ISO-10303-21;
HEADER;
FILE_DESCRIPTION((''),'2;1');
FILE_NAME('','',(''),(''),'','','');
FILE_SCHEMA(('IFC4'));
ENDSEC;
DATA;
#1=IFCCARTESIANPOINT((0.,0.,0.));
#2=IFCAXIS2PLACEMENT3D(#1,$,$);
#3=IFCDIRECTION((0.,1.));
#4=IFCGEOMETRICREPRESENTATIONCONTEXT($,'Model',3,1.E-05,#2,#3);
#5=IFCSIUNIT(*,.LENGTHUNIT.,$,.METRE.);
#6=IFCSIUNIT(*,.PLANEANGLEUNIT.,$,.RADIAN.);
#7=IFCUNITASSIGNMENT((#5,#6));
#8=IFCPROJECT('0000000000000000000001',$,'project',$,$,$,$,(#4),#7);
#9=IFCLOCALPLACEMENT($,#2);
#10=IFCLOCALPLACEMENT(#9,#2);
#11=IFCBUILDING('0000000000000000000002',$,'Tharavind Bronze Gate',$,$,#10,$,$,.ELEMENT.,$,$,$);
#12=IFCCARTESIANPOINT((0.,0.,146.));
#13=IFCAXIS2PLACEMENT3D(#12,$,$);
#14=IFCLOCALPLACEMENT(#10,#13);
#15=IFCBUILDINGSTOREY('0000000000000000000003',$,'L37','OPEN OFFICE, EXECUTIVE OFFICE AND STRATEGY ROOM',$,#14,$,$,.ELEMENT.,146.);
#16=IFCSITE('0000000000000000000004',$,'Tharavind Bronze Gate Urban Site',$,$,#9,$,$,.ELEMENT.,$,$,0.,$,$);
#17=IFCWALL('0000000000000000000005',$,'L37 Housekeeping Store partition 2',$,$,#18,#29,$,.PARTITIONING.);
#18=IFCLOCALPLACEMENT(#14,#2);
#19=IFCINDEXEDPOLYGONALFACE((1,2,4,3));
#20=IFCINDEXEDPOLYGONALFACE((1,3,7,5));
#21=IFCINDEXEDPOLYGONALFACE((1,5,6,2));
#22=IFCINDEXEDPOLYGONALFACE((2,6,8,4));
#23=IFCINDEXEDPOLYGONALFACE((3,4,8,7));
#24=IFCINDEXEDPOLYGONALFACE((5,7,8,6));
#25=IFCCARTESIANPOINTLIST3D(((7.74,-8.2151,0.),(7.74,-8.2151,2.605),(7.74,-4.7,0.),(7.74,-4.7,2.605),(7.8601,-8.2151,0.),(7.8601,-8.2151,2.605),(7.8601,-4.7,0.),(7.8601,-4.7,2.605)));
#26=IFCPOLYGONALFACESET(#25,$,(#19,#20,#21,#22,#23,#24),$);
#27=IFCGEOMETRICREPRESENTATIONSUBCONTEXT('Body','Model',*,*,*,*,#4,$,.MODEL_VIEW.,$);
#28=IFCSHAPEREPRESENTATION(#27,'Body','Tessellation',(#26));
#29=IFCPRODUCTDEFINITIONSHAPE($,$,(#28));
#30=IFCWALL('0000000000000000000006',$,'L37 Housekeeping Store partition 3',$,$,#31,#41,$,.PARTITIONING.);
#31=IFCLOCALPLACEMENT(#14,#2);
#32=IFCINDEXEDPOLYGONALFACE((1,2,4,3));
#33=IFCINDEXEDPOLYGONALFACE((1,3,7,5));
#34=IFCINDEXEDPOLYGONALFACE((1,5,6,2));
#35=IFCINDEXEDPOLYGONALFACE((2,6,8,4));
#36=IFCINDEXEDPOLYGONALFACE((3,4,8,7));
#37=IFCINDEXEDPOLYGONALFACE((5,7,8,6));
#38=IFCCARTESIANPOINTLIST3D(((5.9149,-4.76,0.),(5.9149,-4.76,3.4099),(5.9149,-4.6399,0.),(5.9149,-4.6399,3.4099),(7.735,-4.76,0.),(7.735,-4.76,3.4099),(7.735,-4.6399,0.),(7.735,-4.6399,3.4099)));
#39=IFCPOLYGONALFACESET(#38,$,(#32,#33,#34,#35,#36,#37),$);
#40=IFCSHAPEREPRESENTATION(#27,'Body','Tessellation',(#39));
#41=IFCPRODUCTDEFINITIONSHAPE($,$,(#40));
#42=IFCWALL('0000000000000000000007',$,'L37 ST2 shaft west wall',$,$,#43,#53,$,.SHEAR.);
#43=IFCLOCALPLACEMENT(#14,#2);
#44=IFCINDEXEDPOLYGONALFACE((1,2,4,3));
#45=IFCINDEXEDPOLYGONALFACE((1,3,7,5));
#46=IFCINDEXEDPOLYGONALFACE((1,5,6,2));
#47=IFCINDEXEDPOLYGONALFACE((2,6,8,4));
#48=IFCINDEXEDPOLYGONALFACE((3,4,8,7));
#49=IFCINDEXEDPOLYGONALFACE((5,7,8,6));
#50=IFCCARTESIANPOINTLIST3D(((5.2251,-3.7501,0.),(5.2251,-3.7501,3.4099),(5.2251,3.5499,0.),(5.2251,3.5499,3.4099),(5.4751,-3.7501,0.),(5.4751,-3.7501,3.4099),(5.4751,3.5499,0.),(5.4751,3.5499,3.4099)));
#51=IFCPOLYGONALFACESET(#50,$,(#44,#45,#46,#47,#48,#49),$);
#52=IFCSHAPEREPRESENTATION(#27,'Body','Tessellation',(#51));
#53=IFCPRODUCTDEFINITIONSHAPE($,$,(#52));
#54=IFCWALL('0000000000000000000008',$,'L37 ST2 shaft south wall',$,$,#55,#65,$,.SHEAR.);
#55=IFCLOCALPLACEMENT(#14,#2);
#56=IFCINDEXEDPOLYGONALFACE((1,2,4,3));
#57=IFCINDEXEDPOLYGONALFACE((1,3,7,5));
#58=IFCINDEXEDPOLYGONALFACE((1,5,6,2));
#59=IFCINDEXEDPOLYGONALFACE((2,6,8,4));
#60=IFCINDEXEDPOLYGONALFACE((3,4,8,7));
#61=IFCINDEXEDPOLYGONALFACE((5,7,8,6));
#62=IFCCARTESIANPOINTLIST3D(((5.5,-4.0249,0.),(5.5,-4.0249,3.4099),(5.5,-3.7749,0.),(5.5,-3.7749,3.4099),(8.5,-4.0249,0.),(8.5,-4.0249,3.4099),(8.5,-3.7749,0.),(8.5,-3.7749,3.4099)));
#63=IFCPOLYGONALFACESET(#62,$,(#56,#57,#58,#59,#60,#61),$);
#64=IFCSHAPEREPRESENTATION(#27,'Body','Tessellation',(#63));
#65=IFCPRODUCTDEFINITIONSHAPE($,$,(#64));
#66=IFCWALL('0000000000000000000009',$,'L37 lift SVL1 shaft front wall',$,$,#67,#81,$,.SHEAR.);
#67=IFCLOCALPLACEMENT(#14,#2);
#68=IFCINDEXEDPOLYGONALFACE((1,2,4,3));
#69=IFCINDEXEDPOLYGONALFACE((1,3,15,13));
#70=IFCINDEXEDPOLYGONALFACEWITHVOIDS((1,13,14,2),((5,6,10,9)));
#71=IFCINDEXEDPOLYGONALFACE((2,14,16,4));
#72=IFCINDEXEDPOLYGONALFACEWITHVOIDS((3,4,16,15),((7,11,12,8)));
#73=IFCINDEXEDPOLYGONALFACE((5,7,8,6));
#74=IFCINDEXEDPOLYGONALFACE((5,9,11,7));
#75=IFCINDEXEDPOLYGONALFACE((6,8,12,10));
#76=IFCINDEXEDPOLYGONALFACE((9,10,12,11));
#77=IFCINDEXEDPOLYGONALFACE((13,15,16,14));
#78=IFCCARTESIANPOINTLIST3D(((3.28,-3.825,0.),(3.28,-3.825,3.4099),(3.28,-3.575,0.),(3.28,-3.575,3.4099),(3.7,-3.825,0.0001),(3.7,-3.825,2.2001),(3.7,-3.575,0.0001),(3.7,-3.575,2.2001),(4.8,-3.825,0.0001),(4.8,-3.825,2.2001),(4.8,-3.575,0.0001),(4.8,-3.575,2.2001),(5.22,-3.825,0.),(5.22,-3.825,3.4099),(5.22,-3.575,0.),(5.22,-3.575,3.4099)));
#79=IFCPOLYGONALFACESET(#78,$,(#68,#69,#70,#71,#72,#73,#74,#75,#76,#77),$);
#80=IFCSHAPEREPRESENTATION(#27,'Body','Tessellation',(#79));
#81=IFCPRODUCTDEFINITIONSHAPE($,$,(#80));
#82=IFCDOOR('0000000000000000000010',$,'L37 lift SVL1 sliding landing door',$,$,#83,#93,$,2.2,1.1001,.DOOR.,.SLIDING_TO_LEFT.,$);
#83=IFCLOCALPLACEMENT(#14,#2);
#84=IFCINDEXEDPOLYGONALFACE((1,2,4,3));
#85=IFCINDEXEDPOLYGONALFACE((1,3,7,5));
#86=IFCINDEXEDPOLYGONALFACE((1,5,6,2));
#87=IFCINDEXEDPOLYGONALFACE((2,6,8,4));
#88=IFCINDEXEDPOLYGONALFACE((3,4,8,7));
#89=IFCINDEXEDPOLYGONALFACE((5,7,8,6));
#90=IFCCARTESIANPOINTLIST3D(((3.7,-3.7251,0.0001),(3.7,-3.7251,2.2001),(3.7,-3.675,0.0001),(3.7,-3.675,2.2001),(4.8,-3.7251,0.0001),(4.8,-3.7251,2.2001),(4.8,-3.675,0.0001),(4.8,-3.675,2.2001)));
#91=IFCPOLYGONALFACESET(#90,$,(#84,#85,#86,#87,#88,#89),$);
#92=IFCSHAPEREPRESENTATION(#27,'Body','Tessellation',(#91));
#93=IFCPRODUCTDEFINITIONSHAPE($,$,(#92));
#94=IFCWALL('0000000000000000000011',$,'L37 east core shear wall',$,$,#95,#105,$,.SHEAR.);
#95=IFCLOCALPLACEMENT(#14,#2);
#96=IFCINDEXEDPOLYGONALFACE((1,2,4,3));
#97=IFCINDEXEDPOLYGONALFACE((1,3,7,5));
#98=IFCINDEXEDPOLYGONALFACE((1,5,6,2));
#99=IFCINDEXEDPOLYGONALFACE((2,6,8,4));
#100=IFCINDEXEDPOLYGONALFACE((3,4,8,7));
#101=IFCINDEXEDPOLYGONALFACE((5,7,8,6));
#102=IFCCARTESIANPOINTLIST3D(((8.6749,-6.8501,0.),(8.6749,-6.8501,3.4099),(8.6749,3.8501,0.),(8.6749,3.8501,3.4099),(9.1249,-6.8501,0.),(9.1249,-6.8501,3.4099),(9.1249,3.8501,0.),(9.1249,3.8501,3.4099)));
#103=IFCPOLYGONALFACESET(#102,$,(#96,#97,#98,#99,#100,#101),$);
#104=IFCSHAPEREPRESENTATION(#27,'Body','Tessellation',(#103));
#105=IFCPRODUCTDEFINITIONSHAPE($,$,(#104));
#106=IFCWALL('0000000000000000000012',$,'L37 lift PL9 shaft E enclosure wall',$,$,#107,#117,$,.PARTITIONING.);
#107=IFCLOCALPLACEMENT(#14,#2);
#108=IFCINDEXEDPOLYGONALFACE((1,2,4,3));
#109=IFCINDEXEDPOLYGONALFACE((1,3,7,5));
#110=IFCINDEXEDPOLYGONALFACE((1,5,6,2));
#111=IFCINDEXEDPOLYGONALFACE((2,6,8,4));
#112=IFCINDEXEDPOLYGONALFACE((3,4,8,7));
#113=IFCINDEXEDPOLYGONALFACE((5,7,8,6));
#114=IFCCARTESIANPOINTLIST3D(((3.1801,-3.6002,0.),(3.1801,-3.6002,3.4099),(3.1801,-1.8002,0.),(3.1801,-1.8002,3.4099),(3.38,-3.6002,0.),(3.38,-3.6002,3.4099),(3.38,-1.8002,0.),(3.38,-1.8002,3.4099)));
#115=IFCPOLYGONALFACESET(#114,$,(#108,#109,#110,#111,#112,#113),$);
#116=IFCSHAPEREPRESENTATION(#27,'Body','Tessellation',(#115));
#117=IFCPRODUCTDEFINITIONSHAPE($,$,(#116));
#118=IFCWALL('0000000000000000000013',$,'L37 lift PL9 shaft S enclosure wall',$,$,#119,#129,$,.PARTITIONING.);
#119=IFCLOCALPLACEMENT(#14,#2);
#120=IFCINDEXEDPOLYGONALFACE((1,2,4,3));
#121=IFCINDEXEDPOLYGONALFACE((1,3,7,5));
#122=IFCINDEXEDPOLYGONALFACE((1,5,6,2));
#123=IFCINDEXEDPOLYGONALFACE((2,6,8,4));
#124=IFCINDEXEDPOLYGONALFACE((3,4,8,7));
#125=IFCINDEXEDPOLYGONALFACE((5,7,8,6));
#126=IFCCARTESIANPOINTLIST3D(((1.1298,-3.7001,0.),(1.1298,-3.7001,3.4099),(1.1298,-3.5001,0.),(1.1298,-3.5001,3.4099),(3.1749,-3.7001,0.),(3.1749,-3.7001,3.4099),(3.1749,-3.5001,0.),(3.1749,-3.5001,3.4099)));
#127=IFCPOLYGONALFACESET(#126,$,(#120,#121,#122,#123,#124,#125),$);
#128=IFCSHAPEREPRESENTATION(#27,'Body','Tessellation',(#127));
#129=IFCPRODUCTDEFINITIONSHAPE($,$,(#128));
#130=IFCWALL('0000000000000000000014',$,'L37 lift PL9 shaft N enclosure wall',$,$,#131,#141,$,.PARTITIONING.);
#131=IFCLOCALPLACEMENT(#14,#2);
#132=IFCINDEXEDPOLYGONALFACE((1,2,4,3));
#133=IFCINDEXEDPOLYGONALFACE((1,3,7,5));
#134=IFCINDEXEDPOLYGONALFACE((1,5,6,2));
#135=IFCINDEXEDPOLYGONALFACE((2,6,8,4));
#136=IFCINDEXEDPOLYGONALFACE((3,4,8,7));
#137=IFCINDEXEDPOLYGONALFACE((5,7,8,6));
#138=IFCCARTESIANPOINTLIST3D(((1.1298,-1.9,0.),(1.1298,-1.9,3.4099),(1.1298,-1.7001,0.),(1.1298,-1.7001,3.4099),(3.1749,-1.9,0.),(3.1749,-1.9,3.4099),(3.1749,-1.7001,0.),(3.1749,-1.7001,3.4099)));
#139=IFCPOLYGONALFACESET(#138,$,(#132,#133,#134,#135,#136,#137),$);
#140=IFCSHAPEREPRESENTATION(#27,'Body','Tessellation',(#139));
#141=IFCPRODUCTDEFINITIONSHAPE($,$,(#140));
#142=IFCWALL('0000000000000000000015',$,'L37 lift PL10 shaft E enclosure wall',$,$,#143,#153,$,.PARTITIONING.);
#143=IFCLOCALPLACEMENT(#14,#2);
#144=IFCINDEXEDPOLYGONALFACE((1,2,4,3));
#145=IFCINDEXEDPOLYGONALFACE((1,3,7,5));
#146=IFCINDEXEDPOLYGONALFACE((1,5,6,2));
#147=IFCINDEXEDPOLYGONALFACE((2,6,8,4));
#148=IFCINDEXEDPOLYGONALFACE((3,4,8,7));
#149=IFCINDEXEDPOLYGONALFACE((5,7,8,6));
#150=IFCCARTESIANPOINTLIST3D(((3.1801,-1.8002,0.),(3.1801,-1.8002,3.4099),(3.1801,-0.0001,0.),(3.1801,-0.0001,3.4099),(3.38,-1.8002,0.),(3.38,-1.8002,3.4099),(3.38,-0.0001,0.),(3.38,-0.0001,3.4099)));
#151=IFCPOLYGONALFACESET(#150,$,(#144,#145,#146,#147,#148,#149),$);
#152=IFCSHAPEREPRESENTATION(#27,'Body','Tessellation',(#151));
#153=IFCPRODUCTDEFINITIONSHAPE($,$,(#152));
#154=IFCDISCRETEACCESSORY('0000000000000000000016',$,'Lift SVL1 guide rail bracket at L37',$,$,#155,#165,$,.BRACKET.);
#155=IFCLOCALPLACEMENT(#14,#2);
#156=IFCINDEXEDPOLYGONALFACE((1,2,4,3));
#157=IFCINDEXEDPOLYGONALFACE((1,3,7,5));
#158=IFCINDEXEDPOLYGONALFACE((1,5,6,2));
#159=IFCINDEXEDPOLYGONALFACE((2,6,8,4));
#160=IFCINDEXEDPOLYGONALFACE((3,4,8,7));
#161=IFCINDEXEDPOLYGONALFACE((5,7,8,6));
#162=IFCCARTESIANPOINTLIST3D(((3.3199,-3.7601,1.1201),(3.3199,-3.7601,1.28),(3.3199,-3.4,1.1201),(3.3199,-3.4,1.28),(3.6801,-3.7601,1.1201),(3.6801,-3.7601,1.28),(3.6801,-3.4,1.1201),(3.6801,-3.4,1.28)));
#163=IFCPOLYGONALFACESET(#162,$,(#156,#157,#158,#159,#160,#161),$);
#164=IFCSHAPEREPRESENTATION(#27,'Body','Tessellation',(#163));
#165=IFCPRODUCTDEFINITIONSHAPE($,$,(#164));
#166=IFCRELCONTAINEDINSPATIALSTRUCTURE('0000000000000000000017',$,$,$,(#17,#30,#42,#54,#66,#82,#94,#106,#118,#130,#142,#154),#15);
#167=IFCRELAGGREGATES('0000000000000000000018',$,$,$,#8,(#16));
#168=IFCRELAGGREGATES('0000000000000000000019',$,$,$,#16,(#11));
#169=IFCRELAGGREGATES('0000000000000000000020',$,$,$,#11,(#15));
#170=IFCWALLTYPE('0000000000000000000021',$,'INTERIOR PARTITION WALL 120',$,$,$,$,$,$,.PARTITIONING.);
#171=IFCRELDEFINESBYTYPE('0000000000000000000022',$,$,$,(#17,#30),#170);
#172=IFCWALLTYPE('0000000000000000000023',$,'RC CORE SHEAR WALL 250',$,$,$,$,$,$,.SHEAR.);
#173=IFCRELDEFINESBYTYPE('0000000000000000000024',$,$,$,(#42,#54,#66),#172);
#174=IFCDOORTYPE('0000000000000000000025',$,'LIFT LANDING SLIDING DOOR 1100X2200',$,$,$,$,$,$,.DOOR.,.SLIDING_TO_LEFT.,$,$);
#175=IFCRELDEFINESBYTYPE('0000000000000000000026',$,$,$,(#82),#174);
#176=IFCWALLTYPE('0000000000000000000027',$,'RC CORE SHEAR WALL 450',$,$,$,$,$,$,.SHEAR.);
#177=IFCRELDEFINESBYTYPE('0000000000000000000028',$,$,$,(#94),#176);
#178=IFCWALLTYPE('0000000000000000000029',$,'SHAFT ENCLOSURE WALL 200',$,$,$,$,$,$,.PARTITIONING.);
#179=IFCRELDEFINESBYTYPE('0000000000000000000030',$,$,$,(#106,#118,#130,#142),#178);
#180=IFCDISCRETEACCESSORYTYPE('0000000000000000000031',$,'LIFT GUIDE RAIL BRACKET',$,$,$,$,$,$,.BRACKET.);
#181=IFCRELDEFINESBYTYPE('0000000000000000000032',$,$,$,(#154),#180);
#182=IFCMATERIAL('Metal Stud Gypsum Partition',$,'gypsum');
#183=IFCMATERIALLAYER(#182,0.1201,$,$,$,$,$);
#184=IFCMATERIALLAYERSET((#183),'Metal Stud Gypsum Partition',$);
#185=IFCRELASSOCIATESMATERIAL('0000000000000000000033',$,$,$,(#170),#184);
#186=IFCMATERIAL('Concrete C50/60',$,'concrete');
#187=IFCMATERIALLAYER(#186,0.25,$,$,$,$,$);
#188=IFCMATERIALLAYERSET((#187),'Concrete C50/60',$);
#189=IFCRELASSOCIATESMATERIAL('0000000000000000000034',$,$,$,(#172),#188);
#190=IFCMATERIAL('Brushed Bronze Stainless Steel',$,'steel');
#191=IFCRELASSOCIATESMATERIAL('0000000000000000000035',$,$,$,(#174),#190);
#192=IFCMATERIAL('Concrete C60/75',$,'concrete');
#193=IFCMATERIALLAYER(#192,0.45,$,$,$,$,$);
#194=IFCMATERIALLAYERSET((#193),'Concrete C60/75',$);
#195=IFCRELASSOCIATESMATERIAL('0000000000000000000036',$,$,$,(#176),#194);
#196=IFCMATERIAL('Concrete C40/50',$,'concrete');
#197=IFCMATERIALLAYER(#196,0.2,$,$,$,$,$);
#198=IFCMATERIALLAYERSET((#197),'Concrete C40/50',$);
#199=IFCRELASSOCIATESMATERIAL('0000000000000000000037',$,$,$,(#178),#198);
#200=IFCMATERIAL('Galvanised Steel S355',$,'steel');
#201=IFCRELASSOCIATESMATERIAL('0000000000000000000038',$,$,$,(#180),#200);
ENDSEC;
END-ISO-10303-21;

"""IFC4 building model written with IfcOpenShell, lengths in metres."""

from ifc_helpers import new_model, si_unit, direction, frame, frame_2d, origin, origin_2d, place, context, subcontext, project, spatial, rectangle, extrude, material, layer, layer_set, type_object, element, fill, save


model = new_model("IFC4")

# Units and contexts
model_context = context("Model", 3, precision=1e-05, world=origin(), true_north=direction((0.0, 1.0)))
body_context = subcontext(model_context, "Body", "Model", "MODEL_VIEW")
ifc_project = project(units=[si_unit("LENGTHUNIT", "METRE"), si_unit("PLANEANGLEUNIT", "RADIAN")], contexts=[model_context])

# Site, building, storey
site_placement = place(None, origin())
site = spatial("IfcSite", under=ifc_project, at=site_placement, Name="Tharavind Bronze Gate Urban Site", CompositionType="ELEMENT", RefElevation=0.0)
building_placement = place(site_placement, origin())
building = spatial("IfcBuilding", under=site, at=building_placement, Name="Tharavind Bronze Gate", CompositionType="ELEMENT")
storey_placement = place(building_placement, frame((0.0, 0.0, 146.0)))
storey = spatial("IfcBuildingStorey", under=building, at=storey_placement, Name="L37", Description="OPEN OFFICE, EXECUTIVE OFFICE AND STRATEGY ROOM", CompositionType="ELEMENT", Elevation=146.0)

# Shared definitions
ifc_material_1 = material(Name="Concrete C60/75", Category="concrete")

# Walls
ifc_material_2 = material(Name="Metal Stud Gypsum Partition", Category="gypsum")
ifc_layer_1 = layer(ifc_material_2, 0.1201)
ifc_layer_set_1 = layer_set([ifc_layer_1], Name="Metal Stud Gypsum Partition")
wall_type_1 = type_object("IfcWallType", Name="INTERIOR PARTITION WALL 120", PredefinedType="PARTITIONING", material=ifc_layer_set_1)
wall_1_placement = place(storey_placement, frame((7.8, -8.2151, 0.0), z_axis=(0.0, 0.0, 1.0), x_axis=(0.0, 1.0, 0.0)))
element("IfcWall", 1, at=wall_1_placement, inside=storey, type_object=wall_type_1, Name="L37 Housekeeping Store partition 2", PredefinedType="PARTITIONING", context=body_context, shape_type="SweptSolid", body=[
    extrude(rectangle(XDim=3.5151, YDim=0.1201, at=frame_2d((1.7576, 0.0))), origin(), (0.0, 0.0, 1.0), 2.605),
])
wall_2_placement = place(storey_placement, frame((7.7351, -4.7, 0.0), z_axis=(0.0, 0.0, 1.0), x_axis=(-1.0, 0.0, 0.0)))
element("IfcWall", 2, at=wall_2_placement, inside=storey, type_object=wall_type_1, Name="L37 Housekeeping Store partition 3", PredefinedType="PARTITIONING", context=body_context, shape_type="SweptSolid", body=[
    extrude(rectangle(XDim=1.8201, YDim=0.1201, at=frame_2d((0.9102, 0.0))), origin(), (0.0, 0.0, 1.0), 3.4099),
])
ifc_material_3 = material(Name="Concrete C50/60", Category="concrete")
ifc_layer_2 = layer(ifc_material_3, 0.25)
ifc_layer_set_2 = layer_set([ifc_layer_2], Name="Concrete C50/60")
wall_type_2 = type_object("IfcWallType", Name="RC CORE SHEAR WALL 250", PredefinedType="SHEAR", material=ifc_layer_set_2)
wall_3_placement = place(storey_placement, frame((5.3501, -3.75, 0.0), z_axis=(0.0, 0.0, 1.0), x_axis=(0.0, 1.0, 0.0)))
element("IfcWall", 3, at=wall_3_placement, inside=storey, type_object=wall_type_2, Name="L37 ST2 shaft west wall", PredefinedType="SHEAR", context=body_context, shape_type="SweptSolid", body=[
    extrude(rectangle(XDim=7.3, YDim=0.25, at=frame_2d((3.6499, 0.0))), origin(), (0.0, 0.0, 1.0), 3.4099),
])
wall_4_placement = place(storey_placement, frame((5.5, -3.8999, 0.0), z_axis=(0.0, 0.0, 1.0), x_axis=(1.0, 0.0, 0.0)))
element("IfcWall", 4, at=wall_4_placement, inside=storey, type_object=wall_type_2, Name="L37 ST2 shaft south wall", PredefinedType="SHEAR", context=body_context, shape_type="SweptSolid", body=[
    extrude(rectangle(XDim=3.0, YDim=0.25, at=frame_2d((1.5, 0.0))), origin(), (0.0, 0.0, 1.0), 3.4099),
])

# Wall, opening, door
wall_5_placement = place(storey_placement, frame((3.28, -3.7, 0.0), z_axis=(0.0, 0.0, 1.0), x_axis=(1.0, 0.0, 0.0)))
wall_5 = element("IfcWall", 5, at=wall_5_placement, inside=storey, type_object=wall_type_2, Name="L37 lift SVL1 shaft front wall", PredefinedType="SHEAR", context=body_context, shape_type="SweptSolid", body=[
    extrude(rectangle(XDim=1.9399, YDim=0.25, at=frame_2d((0.97, 0.0))), origin(), (0.0, 0.0, 1.0), 3.4099),
])
opening_1_placement = place(wall_5_placement, frame((0.4199, 0.0, 0.0)))
opening_1 = element("IfcOpeningElement", 6, at=opening_1_placement, cuts=wall_5, PredefinedType="OPENING", context=body_context, shape_type="SweptSolid", body=[
    extrude(rectangle(XDim=1.1001, YDim=2.2, at=frame_2d((0.55, 1.1001))), frame((0.0, 0.135, 0.0), z_axis=(0.0, -1.0, 0.0), x_axis=(1.0, 0.0, 0.0)), (0.0, 0.0, 1.0), 0.27),
])
ifc_material_4 = material(Name="Brushed Bronze Stainless Steel", Category="steel")
door_type_1 = type_object("IfcDoorType", Name="LIFT LANDING SLIDING DOOR 1100X2200", OperationType="SLIDING_TO_LEFT", PredefinedType="DOOR", material=ifc_material_4)
door_1_placement = place(opening_1_placement, origin())
door_1 = element("IfcDoor", 7, at=door_1_placement, inside=storey, type_object=door_type_1, Name="L37 lift SVL1 sliding landing door", OperationType="SLIDING_TO_LEFT", OverallHeight=2.2, OverallWidth=1.1001, PredefinedType="DOOR", context=body_context, shape_type="SweptSolid", body=[
    extrude(rectangle(XDim=1.1001, YDim=2.2, at=frame_2d((0.55, 1.1001))), frame((0.0, 0.0249, 0.0), z_axis=(0.0, -1.0, 0.0), x_axis=(1.0, 0.0, 0.0)), (0.0, 0.0, 1.0), 0.05),
])
fill(opening_1, door_1)

# Walls
ifc_layer_3 = layer(ifc_material_1, 0.45)
ifc_layer_set_3 = layer_set([ifc_layer_3], Name="Concrete C60/75")
wall_type_3 = type_object("IfcWallType", Name="RC CORE SHEAR WALL 450", PredefinedType="SHEAR", material=ifc_layer_set_3)
wall_6_placement = place(storey_placement, frame((8.8999, -6.8501, 0.0), z_axis=(0.0, 0.0, 1.0), x_axis=(0.0, 1.0, 0.0)))
element("IfcWall", 8, at=wall_6_placement, inside=storey, type_object=wall_type_3, Name="L37 east core shear wall", PredefinedType="SHEAR", context=body_context, shape_type="SweptSolid", body=[
    extrude(rectangle(XDim=10.7002, YDim=0.45, at=frame_2d((5.3501, 0.0))), origin(), (0.0, 0.0, 1.0), 3.4099),
])
ifc_material_5 = material(Name="Concrete C40/50", Category="concrete")
ifc_layer_4 = layer(ifc_material_5, 0.2)
ifc_layer_set_4 = layer_set([ifc_layer_4], Name="Concrete C40/50")
wall_type_4 = type_object("IfcWallType", Name="SHAFT ENCLOSURE WALL 200", PredefinedType="PARTITIONING", material=ifc_layer_set_4)
wall_7_placement = place(storey_placement, frame((3.28, -3.6001, 0.0), z_axis=(0.0, 0.0, 1.0), x_axis=(0.0, 1.0, 0.0)))
element("IfcWall", 9, at=wall_7_placement, inside=storey, type_object=wall_type_4, Name="L37 lift PL9 shaft E enclosure wall", PredefinedType="PARTITIONING", context=body_context, shape_type="SweptSolid", body=[
    extrude(rectangle(XDim=1.8, YDim=0.2, at=frame_2d((0.8999, 0.0))), origin(), (0.0, 0.0, 1.0), 3.4099),
])
for number, where, z_axis, x_axis, name in (
    (10, (1.1299, -3.6001, 0.0), (0.0, 0.0, 1.0), (1.0, 0.0, 0.0), "L37 lift PL9 shaft S enclosure wall"),
    (11, (1.1299, -1.8, 0.0), (0.0, 0.0, 1.0), (1.0, 0.0, 0.0), "L37 lift PL9 shaft N enclosure wall"),
):
    element("IfcWall", number, at=place(storey_placement, frame(where, z_axis=z_axis, x_axis=x_axis)), inside=storey, type_object=wall_type_4, Name=name, PredefinedType="PARTITIONING", context=body_context, shape_type="SweptSolid", body=[
        extrude(rectangle(XDim=2.0452, YDim=0.2, at=frame_2d((1.0225, 0.0))), origin(), (0.0, 0.0, 1.0), 3.4099),
    ])
wall_8_placement = place(storey_placement, frame((3.28, -1.8, 0.0), z_axis=(0.0, 0.0, 1.0), x_axis=(0.0, 1.0, 0.0)))
element("IfcWall", 12, at=wall_8_placement, inside=storey, type_object=wall_type_4, Name="L37 lift PL10 shaft E enclosure wall", PredefinedType="PARTITIONING", context=body_context, shape_type="SweptSolid", body=[
    extrude(rectangle(XDim=1.8, YDim=0.2, at=frame_2d((0.8999, 0.0))), origin(), (0.0, 0.0, 1.0), 3.4099),
])

# Discrete accessory
ifc_material_6 = material(Name="Galvanised Steel S355", Category="steel")
discrete_accessory_type = type_object("IfcDiscreteAccessoryType", Name="LIFT GUIDE RAIL BRACKET", PredefinedType="BRACKET", material=ifc_material_6)
discrete_accessory_placement = place(storey_placement, frame((3.5, -3.5801, 1.1201), z_axis=(0.0, 0.0, 1.0), x_axis=(1.0, 0.0, 0.0)))
element("IfcDiscreteAccessory", 13, at=discrete_accessory_placement, inside=storey, type_object=discrete_accessory_type, Name="Lift SVL1 guide rail bracket at L37", PredefinedType="BRACKET", context=body_context, shape_type="SweptSolid", body=[
    extrude(rectangle(XDim=0.3601, YDim=0.3601, at=origin_2d()), origin(), (0.0, 0.0, 1.0), 0.1599),
])

save(model, "model.ifc")
